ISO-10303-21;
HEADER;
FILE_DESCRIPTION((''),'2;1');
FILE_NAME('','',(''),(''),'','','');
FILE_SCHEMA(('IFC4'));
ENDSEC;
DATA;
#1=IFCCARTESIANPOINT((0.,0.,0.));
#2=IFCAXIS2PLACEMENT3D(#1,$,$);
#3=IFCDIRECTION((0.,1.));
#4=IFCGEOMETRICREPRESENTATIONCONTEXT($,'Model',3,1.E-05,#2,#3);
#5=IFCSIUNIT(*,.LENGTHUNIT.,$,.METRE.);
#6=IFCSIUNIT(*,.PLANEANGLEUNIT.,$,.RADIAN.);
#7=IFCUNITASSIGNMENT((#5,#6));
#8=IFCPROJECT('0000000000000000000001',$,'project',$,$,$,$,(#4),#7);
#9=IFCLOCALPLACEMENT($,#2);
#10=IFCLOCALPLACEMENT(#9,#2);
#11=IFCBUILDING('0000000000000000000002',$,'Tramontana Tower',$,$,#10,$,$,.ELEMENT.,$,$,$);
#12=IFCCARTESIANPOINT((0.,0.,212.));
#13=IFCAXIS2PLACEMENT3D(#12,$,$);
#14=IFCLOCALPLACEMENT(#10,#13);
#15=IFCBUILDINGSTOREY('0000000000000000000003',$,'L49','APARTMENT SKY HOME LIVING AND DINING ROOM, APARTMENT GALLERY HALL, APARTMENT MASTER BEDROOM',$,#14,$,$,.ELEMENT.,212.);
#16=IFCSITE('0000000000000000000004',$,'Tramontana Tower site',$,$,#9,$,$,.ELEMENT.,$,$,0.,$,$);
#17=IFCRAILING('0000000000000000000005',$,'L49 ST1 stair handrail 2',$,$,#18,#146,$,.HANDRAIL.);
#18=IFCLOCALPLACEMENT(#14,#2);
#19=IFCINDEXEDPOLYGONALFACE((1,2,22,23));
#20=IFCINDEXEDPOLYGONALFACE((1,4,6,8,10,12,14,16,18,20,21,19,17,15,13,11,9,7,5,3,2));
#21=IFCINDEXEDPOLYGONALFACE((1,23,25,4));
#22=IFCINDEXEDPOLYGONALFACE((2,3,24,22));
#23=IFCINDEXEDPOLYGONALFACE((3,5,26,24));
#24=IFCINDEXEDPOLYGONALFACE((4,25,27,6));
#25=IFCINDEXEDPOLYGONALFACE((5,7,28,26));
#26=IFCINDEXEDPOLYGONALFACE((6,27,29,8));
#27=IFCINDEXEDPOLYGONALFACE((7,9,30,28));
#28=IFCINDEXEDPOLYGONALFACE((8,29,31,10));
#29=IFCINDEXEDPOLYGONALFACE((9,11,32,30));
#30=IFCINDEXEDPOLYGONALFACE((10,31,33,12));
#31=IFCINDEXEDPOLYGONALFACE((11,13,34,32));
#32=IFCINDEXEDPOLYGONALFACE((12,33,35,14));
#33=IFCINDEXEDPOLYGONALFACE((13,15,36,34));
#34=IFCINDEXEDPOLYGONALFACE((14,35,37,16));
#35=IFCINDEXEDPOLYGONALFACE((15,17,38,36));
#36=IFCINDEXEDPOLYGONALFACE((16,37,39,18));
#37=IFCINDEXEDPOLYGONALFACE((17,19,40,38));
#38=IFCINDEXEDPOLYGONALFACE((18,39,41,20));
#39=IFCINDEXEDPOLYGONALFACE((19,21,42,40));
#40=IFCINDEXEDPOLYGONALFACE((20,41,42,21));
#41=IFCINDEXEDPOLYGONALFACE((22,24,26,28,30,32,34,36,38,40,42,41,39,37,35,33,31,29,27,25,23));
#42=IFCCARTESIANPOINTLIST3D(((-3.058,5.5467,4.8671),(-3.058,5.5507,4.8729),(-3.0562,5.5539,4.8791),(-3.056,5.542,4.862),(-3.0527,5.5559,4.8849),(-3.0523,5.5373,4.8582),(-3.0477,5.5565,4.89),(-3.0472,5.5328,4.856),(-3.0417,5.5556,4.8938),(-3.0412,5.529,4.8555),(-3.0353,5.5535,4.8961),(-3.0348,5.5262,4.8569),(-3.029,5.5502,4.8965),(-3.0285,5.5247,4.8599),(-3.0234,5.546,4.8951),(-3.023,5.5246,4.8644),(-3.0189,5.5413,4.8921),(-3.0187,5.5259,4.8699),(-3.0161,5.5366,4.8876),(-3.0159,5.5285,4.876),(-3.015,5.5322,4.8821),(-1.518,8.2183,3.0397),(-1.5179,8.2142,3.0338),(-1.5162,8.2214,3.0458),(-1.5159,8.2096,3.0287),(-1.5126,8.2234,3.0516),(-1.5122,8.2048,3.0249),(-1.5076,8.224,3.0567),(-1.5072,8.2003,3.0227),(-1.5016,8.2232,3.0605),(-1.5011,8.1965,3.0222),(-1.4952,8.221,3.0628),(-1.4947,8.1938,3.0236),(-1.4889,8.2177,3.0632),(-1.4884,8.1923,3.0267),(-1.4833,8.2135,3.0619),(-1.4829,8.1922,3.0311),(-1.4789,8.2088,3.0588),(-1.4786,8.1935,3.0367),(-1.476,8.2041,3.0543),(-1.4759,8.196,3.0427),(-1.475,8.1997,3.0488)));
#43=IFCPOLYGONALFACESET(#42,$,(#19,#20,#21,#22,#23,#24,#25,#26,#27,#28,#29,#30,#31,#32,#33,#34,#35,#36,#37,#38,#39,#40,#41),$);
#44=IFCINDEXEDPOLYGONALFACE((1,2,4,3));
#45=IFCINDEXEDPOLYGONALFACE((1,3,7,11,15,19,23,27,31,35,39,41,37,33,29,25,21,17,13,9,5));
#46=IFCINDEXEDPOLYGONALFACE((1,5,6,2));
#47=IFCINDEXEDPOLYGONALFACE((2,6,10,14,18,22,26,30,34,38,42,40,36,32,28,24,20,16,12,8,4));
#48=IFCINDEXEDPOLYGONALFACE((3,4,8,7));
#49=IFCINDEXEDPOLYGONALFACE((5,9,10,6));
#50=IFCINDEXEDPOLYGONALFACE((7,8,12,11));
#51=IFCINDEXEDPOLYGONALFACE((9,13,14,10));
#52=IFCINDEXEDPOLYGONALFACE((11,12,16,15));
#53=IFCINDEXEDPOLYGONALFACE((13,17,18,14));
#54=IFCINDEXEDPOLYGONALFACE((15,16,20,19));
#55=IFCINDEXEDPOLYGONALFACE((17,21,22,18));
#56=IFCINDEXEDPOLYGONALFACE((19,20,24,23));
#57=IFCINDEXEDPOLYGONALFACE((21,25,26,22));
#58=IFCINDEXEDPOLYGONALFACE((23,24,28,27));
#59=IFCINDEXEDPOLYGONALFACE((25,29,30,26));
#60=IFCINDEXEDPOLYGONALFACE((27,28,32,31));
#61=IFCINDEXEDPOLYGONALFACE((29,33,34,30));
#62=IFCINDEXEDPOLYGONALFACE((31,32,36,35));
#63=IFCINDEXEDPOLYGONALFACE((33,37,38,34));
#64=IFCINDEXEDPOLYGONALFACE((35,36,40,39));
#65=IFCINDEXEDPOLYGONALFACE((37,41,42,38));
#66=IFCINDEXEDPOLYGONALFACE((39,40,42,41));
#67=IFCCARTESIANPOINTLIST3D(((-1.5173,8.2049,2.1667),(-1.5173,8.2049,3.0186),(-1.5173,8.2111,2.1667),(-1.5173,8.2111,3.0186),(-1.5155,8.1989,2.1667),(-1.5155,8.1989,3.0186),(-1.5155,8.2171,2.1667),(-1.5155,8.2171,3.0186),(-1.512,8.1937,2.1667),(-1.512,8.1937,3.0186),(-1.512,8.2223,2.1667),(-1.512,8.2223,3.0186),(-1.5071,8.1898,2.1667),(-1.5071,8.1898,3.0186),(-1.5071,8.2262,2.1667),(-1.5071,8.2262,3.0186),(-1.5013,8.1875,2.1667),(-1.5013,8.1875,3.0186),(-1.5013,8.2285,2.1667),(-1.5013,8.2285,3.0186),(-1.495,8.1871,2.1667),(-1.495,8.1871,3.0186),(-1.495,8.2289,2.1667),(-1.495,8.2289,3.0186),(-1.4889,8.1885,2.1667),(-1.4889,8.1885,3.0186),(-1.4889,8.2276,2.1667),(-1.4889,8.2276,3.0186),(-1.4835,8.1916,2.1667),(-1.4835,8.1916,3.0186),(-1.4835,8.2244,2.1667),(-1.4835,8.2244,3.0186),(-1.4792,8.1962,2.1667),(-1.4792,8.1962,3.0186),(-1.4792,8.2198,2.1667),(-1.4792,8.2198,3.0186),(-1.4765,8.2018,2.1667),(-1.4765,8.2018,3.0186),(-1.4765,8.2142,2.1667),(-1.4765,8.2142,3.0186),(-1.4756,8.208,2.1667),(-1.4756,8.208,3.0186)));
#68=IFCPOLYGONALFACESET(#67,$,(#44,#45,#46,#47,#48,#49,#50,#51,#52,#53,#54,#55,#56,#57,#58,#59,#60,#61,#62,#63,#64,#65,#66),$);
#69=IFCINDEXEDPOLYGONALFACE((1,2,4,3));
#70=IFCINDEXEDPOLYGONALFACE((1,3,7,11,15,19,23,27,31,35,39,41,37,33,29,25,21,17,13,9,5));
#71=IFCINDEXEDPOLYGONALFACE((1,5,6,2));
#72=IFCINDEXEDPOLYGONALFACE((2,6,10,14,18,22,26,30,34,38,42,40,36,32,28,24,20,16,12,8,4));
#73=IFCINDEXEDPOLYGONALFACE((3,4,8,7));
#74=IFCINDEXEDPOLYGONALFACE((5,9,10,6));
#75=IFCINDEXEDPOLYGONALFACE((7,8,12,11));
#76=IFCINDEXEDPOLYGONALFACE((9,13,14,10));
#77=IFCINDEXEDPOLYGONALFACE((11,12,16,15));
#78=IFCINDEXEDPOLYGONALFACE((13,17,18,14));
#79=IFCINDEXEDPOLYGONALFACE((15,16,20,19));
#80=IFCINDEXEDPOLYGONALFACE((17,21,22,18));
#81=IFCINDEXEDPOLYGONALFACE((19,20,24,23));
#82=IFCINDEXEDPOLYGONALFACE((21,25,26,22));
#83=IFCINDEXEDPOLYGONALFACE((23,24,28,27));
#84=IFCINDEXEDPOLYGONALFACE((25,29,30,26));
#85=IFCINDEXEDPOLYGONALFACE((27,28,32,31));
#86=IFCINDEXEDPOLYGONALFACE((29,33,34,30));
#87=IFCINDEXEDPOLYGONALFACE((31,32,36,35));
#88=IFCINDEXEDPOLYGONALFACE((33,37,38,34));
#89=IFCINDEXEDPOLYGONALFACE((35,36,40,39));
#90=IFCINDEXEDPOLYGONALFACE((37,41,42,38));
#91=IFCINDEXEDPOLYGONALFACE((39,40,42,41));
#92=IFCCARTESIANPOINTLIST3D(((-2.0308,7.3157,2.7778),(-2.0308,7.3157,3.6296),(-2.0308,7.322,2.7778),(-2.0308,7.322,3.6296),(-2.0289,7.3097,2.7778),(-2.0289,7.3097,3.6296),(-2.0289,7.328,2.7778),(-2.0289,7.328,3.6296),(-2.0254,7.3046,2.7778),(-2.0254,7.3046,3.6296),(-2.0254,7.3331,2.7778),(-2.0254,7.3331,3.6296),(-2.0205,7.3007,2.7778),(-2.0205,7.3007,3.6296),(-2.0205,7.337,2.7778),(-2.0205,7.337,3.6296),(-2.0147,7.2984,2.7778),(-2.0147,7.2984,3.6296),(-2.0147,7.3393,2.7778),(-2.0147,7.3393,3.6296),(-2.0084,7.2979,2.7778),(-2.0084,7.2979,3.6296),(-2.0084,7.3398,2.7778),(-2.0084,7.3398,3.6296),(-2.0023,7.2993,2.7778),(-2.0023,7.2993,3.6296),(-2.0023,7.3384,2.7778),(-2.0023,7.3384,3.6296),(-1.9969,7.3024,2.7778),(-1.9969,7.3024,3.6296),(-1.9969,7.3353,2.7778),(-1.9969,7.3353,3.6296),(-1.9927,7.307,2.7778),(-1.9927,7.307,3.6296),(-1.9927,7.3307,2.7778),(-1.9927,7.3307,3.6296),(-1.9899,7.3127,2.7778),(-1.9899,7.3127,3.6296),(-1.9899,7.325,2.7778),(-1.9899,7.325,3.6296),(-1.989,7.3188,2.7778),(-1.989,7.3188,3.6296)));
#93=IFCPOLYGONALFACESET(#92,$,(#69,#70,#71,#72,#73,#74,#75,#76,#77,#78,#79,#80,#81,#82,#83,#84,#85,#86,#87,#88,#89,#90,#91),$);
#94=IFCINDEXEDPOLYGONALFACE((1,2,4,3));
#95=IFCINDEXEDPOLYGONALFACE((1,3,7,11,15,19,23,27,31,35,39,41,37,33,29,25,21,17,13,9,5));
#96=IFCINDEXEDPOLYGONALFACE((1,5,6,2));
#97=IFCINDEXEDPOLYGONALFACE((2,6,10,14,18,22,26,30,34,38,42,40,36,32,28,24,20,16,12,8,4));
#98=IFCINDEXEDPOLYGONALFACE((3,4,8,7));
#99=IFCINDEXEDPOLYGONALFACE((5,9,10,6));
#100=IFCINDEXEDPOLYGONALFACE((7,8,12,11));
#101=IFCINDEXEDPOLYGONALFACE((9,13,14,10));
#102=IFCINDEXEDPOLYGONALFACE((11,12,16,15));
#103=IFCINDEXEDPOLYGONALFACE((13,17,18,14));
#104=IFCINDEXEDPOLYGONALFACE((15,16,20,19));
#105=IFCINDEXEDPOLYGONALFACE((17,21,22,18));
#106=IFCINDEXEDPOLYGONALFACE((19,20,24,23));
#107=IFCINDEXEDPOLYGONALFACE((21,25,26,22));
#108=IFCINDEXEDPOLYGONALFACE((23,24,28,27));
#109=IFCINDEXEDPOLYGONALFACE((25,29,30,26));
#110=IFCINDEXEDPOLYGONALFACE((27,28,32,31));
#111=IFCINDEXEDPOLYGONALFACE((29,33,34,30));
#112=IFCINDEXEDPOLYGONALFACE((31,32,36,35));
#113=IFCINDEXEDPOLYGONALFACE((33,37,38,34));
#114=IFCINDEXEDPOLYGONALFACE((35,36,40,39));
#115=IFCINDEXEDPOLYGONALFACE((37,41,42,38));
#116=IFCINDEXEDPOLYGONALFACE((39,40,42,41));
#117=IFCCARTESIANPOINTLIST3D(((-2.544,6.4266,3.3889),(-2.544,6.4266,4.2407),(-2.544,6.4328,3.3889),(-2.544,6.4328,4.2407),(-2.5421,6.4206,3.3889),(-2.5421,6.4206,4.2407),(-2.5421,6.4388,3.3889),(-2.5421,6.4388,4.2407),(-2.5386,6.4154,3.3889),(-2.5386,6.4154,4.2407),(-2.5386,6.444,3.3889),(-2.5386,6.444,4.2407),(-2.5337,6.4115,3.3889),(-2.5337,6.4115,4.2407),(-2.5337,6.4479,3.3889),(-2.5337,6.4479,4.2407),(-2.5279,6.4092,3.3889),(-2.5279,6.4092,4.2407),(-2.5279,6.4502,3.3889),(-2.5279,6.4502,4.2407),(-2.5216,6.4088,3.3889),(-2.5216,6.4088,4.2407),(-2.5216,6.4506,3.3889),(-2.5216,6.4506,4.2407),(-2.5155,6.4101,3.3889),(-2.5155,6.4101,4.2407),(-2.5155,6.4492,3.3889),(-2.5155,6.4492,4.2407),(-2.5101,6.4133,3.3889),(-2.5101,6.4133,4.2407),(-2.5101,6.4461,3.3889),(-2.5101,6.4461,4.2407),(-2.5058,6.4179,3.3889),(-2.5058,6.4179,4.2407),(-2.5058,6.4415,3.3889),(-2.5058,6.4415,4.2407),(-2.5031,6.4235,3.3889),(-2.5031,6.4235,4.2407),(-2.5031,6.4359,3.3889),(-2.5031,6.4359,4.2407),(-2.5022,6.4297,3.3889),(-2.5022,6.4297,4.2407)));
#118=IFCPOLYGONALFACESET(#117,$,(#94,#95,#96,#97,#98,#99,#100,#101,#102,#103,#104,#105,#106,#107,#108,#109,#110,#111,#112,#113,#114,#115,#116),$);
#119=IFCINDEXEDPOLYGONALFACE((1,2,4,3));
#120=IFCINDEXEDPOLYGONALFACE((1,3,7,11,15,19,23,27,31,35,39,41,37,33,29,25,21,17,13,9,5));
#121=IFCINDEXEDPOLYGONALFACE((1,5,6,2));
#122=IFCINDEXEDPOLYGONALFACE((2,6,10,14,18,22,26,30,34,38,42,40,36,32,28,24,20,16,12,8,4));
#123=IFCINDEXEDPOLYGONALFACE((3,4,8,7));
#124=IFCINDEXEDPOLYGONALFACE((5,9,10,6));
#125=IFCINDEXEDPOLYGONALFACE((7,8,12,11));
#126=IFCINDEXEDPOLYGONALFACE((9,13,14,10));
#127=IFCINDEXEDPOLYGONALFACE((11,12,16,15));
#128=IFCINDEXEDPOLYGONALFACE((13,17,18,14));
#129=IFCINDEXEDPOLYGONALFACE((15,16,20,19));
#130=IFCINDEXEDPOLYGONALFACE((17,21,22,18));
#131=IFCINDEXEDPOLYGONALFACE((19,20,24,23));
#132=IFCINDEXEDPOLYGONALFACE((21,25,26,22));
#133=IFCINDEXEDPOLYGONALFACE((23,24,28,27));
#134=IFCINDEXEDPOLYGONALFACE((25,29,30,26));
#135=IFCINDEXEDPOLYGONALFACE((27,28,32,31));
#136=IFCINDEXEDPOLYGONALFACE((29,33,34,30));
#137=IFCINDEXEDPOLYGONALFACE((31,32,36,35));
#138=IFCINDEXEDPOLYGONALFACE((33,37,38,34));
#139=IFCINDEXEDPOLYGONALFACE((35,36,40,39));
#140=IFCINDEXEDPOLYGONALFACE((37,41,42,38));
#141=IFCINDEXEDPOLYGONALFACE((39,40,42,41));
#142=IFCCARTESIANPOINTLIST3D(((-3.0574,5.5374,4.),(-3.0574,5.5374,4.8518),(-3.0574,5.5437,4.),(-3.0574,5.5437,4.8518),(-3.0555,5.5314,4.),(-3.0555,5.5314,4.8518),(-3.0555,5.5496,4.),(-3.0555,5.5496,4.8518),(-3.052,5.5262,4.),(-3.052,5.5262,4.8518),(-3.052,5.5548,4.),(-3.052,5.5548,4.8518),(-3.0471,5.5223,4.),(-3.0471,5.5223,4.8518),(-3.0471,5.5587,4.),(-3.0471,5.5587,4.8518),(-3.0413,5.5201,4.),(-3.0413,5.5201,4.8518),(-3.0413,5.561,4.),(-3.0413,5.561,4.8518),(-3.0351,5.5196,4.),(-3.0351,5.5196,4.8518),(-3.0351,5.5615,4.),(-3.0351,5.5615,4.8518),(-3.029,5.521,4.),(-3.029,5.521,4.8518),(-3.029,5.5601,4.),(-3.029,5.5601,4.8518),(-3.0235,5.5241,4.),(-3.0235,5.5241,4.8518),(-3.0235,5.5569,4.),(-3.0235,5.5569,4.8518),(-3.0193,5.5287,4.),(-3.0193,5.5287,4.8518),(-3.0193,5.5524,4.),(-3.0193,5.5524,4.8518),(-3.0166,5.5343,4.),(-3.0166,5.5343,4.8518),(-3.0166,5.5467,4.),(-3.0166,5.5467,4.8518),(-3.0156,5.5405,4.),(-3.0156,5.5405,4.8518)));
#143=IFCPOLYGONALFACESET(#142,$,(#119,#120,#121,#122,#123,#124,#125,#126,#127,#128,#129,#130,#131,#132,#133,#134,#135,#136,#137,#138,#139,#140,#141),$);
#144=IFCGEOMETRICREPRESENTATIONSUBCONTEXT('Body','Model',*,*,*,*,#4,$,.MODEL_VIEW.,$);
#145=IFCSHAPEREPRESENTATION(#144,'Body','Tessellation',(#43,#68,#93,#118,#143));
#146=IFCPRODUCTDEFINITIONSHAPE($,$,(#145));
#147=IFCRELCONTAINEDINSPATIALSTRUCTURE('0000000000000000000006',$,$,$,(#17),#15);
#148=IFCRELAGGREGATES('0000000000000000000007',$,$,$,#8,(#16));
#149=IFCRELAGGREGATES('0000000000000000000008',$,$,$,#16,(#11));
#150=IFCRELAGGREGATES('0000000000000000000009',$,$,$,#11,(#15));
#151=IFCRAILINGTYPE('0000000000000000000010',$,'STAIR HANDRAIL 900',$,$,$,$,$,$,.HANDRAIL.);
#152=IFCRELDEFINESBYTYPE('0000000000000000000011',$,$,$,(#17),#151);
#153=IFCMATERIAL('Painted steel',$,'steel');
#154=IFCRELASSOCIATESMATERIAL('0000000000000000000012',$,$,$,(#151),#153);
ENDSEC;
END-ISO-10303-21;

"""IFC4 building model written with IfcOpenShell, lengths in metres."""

from ifc_helpers import new_model, si_unit, direction, frame, origin, origin_2d, place, context, subcontext, project, spatial, circle, extrude, material, type_object, element, save


model = new_model("IFC4")

# Units and contexts
model_context = context("Model", 3, precision=1e-05, world=origin(), true_north=direction((0.0, 1.0)))
body_context = subcontext(model_context, "Body", "Model", "MODEL_VIEW")
ifc_project = project(units=[si_unit("LENGTHUNIT", "METRE"), si_unit("PLANEANGLEUNIT", "RADIAN")], contexts=[model_context])

# Site, building, storey
site_placement = place(None, origin())
site = spatial("IfcSite", under=ifc_project, at=site_placement, Name="Tramontana Tower site", CompositionType="ELEMENT", RefElevation=0.0)
building_placement = place(site_placement, origin())
building = spatial("IfcBuilding", under=site, at=building_placement, Name="Tramontana Tower", CompositionType="ELEMENT")
storey_placement = place(building_placement, frame((0.0, 0.0, 212.0)))
storey = spatial("IfcBuildingStorey", under=building, at=storey_placement, Name="L49", Description="APARTMENT SKY HOME LIVING AND DINING ROOM, APARTMENT GALLERY HALL, APARTMENT MASTER BEDROOM", CompositionType="ELEMENT", Elevation=212.0)

# Railing
ifc_material_1 = material(Name="Painted steel", Category="steel")
railing_type = type_object("IfcRailingType", Name="STAIR HANDRAIL 900", PredefinedType="HANDRAIL", material=ifc_material_1)
railing_placement = place(storey_placement, frame((-1.4966, 8.208, 2.1667)))
element("IfcRailing", 1, at=railing_placement, inside=storey, type_object=railing_type, Name="L49 ST1 stair handrail 2", PredefinedType="HANDRAIL", context=body_context, shape_type="SweptSolid", body=[
    extrude(circle(Radius=0.0239, at=origin_2d()), frame((0.0, 0.0, 0.876), z_axis=(-0.429649, -0.74419, 0.511452), x_axis=(0.86603, -0.499992, 0.0)), (0.0, 0.0, 1.0), 3.5845),
    extrude(circle(Radius=0.021, at=origin_2d()), origin(), (0.0, 0.0, 1.0), 0.8518),
    extrude(circle(Radius=0.021, at=origin_2d()), frame((-0.5134, -0.8892, 0.6111)), (0.0, 0.0, 1.0), 0.8518),
    extrude(circle(Radius=0.021, at=origin_2d()), frame((-1.0266, -1.7783, 1.2222)), (0.0, 0.0, 1.0), 0.8518),
    extrude(circle(Radius=0.021, at=origin_2d()), frame((-1.54, -2.6675, 1.8333)), (0.0, 0.0, 1.0), 0.8518),
])

save(model, "model.ifc")
